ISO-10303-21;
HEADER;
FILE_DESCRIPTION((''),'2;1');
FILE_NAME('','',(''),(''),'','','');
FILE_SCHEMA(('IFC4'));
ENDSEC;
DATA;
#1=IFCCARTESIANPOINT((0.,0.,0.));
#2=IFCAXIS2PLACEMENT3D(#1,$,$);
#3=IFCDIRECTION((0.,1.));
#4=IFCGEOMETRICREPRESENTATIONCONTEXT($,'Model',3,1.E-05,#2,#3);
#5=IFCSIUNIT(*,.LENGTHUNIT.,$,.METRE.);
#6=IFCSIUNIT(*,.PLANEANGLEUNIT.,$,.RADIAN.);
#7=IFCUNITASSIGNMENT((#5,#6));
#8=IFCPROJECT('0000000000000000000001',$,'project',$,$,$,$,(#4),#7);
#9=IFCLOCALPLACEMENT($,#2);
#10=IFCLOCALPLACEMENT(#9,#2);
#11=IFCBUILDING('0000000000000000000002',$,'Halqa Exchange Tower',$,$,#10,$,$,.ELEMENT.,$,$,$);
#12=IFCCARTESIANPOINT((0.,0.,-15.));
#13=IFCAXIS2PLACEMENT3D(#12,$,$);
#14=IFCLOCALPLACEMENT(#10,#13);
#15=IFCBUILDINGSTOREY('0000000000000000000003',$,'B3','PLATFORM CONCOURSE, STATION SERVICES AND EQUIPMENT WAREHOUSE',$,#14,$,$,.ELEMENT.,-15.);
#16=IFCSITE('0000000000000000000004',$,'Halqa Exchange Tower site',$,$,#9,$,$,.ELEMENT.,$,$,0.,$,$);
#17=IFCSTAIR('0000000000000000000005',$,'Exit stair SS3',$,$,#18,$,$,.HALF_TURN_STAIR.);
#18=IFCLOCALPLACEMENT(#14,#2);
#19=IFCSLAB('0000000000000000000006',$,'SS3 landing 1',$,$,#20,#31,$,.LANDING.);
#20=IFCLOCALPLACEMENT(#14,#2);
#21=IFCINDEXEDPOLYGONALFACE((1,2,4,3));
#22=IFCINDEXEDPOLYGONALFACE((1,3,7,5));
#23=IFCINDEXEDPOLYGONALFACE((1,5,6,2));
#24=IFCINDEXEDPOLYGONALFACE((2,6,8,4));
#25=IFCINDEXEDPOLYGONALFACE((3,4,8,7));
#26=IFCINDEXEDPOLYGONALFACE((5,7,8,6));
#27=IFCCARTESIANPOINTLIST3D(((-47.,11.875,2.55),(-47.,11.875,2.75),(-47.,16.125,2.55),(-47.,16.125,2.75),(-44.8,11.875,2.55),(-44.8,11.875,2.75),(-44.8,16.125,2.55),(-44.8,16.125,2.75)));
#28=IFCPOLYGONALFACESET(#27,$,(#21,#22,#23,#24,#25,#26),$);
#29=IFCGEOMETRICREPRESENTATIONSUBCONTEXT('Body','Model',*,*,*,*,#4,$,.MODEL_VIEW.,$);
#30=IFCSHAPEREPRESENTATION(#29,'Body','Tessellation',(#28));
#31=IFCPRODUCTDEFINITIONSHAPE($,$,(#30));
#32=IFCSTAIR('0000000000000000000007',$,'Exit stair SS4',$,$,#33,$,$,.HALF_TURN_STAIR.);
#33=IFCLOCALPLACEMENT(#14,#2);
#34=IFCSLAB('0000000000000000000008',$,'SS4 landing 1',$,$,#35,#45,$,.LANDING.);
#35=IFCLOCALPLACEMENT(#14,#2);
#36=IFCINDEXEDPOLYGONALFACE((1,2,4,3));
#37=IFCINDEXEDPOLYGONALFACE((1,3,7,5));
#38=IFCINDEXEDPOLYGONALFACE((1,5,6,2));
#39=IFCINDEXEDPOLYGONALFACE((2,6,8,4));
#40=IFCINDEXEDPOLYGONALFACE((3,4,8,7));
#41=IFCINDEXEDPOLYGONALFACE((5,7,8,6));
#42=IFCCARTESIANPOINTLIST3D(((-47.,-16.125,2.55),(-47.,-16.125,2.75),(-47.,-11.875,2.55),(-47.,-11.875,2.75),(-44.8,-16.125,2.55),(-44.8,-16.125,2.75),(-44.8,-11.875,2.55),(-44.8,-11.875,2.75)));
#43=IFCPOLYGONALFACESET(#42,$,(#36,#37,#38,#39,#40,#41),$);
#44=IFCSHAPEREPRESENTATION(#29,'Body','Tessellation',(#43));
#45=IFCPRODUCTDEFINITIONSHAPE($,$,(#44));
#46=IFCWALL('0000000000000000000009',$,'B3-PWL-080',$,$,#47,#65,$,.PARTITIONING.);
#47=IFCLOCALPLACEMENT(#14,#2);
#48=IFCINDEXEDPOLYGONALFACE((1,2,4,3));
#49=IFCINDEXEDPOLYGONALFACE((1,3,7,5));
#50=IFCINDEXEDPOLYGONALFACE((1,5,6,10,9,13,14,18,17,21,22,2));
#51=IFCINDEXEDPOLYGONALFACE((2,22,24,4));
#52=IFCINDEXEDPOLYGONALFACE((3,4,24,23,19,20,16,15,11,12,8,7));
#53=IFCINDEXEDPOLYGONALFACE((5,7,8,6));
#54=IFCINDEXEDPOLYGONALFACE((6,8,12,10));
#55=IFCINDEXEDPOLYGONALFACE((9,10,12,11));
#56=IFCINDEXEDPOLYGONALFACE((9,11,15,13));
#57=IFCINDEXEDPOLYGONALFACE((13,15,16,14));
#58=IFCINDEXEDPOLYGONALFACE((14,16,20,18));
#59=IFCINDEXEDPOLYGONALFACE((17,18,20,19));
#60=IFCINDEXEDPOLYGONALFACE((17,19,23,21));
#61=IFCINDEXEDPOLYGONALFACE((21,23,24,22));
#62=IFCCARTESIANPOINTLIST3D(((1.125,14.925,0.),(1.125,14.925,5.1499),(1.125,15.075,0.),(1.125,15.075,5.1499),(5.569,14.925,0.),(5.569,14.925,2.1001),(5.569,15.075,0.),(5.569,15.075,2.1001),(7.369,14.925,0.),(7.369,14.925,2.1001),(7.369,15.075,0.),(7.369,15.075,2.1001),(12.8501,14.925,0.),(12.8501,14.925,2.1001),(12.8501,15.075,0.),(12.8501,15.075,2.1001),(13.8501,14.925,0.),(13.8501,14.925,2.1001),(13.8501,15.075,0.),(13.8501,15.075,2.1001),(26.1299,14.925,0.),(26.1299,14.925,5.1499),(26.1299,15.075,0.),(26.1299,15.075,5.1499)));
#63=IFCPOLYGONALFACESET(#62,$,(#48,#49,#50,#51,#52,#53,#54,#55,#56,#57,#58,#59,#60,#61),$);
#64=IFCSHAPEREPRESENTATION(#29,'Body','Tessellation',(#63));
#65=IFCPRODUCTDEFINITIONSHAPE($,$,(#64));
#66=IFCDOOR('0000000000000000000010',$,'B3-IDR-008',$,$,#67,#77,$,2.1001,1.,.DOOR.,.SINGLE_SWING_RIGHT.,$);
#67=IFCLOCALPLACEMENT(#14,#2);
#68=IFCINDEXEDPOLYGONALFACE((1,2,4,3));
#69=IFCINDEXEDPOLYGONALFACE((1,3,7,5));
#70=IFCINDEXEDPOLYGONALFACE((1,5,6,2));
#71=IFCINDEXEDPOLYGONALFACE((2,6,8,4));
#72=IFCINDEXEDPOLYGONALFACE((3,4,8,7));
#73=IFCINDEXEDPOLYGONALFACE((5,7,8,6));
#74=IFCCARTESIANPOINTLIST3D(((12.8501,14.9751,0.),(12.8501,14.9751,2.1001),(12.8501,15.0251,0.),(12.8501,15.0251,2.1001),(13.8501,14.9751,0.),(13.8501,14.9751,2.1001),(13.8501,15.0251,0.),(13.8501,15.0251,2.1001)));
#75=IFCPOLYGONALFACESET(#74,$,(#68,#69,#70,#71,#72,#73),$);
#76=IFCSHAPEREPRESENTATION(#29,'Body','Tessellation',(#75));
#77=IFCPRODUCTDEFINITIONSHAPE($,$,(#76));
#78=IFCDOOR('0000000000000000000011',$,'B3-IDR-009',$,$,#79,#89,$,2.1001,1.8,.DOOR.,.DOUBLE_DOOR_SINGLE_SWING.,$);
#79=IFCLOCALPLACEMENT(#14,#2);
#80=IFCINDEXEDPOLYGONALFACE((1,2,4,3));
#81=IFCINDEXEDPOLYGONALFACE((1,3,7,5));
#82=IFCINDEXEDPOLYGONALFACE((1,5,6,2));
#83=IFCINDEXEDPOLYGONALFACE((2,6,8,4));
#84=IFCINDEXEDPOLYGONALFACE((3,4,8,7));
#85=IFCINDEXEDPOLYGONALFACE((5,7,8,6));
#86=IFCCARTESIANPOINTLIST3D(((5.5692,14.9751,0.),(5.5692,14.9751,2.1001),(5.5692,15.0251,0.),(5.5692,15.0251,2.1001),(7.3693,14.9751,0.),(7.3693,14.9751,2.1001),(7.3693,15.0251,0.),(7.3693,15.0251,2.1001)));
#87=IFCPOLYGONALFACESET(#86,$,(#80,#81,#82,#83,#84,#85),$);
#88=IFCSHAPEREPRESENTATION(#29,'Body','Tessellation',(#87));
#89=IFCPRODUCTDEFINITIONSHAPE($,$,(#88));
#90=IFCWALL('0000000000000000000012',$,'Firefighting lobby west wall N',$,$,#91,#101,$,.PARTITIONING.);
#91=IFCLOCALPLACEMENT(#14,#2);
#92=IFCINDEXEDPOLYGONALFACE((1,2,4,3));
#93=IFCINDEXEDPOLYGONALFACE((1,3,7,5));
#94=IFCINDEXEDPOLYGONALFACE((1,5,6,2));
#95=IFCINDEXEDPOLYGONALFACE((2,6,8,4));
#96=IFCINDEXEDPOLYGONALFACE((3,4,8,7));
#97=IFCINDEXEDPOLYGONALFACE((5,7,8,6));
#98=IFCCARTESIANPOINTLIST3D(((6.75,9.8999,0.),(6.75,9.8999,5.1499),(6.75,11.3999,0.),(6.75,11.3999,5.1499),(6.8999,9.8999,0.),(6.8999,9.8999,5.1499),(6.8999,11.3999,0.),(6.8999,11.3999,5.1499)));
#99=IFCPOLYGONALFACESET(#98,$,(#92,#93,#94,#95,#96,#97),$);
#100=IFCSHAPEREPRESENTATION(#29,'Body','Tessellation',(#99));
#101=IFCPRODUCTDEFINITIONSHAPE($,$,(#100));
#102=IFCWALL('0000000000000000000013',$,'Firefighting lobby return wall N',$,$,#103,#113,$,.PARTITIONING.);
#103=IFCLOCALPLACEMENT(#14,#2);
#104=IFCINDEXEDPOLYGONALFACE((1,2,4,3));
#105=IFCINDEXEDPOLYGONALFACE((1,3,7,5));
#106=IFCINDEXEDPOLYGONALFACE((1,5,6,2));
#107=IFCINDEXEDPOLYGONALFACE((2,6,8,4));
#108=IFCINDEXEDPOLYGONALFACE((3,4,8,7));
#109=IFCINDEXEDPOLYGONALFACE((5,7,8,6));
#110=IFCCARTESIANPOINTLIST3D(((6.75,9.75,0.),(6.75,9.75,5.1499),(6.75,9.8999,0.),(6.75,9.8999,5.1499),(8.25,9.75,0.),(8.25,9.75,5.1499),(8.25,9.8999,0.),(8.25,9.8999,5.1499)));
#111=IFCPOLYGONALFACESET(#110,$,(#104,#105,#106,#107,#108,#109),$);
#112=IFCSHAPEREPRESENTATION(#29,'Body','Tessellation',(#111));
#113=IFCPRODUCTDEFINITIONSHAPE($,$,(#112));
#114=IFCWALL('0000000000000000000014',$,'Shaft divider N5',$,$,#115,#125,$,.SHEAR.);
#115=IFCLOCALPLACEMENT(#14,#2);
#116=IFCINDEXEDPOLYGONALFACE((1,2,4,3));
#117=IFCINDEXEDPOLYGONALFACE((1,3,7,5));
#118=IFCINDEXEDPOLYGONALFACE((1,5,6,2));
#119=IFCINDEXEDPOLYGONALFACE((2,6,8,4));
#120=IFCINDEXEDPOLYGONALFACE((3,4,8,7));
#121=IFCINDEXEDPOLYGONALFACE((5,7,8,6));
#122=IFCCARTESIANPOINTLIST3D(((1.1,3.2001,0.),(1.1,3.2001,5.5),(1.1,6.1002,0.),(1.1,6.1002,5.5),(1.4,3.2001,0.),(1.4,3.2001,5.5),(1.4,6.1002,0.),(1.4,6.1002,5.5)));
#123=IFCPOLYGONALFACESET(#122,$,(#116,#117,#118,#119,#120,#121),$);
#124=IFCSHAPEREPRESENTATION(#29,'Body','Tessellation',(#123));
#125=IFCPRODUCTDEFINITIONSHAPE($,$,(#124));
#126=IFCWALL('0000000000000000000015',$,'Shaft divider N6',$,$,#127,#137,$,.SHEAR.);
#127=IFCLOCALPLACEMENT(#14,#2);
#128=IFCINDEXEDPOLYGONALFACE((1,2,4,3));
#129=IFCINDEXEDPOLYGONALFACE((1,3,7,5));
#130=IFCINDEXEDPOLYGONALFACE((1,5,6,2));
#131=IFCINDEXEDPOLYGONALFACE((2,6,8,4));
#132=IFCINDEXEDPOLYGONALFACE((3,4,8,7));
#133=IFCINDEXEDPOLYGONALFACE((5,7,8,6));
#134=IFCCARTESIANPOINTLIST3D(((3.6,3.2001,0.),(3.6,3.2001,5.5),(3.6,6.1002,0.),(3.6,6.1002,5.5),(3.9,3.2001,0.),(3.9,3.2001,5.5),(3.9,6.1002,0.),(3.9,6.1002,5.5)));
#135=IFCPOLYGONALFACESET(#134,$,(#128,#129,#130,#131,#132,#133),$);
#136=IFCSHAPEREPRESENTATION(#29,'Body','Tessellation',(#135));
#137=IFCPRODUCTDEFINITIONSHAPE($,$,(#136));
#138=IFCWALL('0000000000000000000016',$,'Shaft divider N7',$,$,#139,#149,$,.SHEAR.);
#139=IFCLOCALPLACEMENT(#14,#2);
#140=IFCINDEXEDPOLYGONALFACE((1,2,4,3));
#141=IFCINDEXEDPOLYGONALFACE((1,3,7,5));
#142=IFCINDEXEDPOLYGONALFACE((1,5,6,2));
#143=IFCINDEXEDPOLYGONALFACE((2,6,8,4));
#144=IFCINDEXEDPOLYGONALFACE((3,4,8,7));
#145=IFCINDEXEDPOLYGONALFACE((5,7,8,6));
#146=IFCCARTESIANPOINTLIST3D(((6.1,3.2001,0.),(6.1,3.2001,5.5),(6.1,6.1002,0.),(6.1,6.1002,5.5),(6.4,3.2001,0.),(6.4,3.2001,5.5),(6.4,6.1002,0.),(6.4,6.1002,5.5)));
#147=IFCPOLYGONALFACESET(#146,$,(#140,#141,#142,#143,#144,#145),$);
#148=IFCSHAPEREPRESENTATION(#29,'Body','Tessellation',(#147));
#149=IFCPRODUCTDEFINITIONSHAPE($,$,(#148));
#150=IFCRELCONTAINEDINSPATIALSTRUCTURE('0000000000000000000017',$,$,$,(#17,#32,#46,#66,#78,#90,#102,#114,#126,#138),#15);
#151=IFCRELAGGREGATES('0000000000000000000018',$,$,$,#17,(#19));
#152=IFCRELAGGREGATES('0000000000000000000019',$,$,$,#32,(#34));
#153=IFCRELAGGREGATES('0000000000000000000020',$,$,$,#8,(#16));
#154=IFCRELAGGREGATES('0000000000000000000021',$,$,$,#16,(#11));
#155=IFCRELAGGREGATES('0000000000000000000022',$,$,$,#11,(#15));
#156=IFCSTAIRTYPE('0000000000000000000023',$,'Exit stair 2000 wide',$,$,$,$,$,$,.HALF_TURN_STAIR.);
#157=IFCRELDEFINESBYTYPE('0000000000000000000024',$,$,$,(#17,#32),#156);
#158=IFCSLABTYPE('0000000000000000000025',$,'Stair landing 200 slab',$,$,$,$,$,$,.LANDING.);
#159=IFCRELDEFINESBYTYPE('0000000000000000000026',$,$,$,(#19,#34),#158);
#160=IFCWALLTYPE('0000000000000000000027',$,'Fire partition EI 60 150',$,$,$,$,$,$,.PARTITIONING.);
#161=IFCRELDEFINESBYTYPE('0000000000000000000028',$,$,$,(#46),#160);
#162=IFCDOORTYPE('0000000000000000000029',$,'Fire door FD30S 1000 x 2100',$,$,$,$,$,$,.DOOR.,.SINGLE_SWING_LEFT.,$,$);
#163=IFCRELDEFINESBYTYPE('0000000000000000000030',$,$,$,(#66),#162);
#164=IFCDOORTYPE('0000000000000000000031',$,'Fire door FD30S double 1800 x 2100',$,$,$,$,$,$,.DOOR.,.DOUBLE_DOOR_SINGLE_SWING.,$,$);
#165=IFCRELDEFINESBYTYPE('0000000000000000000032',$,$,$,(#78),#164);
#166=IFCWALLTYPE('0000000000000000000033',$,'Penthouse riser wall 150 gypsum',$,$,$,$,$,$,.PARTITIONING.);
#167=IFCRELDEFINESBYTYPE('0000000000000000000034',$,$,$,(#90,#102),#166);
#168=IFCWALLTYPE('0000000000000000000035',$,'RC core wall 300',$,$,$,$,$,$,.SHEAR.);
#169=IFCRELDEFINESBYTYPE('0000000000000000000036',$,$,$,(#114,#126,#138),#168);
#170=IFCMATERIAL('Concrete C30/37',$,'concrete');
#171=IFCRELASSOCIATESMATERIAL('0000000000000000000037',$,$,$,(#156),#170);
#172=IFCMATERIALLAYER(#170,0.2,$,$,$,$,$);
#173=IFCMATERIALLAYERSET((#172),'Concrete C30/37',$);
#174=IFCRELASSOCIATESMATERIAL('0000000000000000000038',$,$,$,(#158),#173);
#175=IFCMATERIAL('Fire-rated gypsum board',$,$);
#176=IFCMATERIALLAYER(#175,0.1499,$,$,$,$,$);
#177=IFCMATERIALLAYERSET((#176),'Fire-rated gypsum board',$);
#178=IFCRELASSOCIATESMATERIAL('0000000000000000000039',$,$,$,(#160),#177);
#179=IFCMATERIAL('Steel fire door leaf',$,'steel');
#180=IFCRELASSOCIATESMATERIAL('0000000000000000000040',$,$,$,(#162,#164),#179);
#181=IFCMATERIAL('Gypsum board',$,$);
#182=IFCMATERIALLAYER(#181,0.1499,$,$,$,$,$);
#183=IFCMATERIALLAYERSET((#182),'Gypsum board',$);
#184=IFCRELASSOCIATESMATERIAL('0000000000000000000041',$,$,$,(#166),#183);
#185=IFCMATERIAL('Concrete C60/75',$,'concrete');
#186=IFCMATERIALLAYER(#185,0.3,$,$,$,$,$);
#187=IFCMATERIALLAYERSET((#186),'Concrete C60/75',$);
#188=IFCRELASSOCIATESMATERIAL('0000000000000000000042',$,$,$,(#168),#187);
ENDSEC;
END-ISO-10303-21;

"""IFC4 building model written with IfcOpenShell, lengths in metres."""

from ifc_helpers import new_model, si_unit, direction, frame, frame_2d, origin, place, context, subcontext, project, spatial, polyline, rectangle, outline, extrude, material, layer, layer_set, type_object, element, fill, aggregate, save


model = new_model("IFC4")

# Units and contexts
model_context = context("Model", 3, precision=1e-05, world=origin(), true_north=direction((0.0, 1.0)))
body_context = subcontext(model_context, "Body", "Model", "MODEL_VIEW")
ifc_project = project(units=[si_unit("LENGTHUNIT", "METRE"), si_unit("PLANEANGLEUNIT", "RADIAN")], contexts=[model_context])

# Site, building, storey
site_placement = place(None, origin())
site = spatial("IfcSite", under=ifc_project, at=site_placement, Name="Halqa Exchange Tower site", CompositionType="ELEMENT", RefElevation=0.0)
building_placement = place(site_placement, origin())
building = spatial("IfcBuilding", under=site, at=building_placement, Name="Halqa Exchange Tower", CompositionType="ELEMENT")
storey_placement = place(building_placement, frame((0.0, 0.0, -15.0)))
storey = spatial("IfcBuildingStorey", under=building, at=storey_placement, Name="B3", Description="PLATFORM CONCOURSE, STATION SERVICES AND EQUIPMENT WAREHOUSE", CompositionType="ELEMENT", Elevation=-15.0)

# Stairs, slabs
ifc_material_1 = material(Name="Concrete C30/37", Category="concrete")
stair_type = type_object("IfcStairType", Name="Exit stair 2000 wide", PredefinedType="HALF_TURN_STAIR", material=ifc_material_1)
ifc_layer_1 = layer(ifc_material_1, 0.2)
ifc_layer_set_1 = layer_set([ifc_layer_1], Name="Concrete C30/37")
slab_type = type_object("IfcSlabType", Name="Stair landing 200 slab", PredefinedType="LANDING", material=ifc_layer_set_1)
stair_1_placement = place(storey_placement, origin())
stair_1 = element("IfcStair", 1, at=stair_1_placement, inside=storey, type_object=stair_type, Name="Exit stair SS3", PredefinedType="HALF_TURN_STAIR")
slab_1_placement = place(storey_placement, frame((0.0, 0.0, 2.55)))
slab_1 = element("IfcSlab", 2, at=slab_1_placement, type_object=slab_type, Name="SS3 landing 1", PredefinedType="LANDING", context=body_context, shape_type="SweptSolid", body=[
    extrude(outline(polyline([(-47.0, 11.875), (-44.8, 11.875), (-44.8, 16.125), (-47.0, 16.125), (-47.0, 11.875)])), origin(), (0.0, 0.0, 1.0), 0.2),
])
aggregate(stair_1, [slab_1])
stair_2_placement = place(storey_placement, origin())
stair_2 = element("IfcStair", 3, at=stair_2_placement, inside=storey, type_object=stair_type, Name="Exit stair SS4", PredefinedType="HALF_TURN_STAIR")
slab_2_placement = place(storey_placement, frame((0.0, 0.0, 2.55)))
slab_2 = element("IfcSlab", 4, at=slab_2_placement, type_object=slab_type, Name="SS4 landing 1", PredefinedType="LANDING", context=body_context, shape_type="SweptSolid", body=[
    extrude(outline(polyline([(-47.0, -16.125), (-44.8, -16.125), (-44.8, -11.875), (-47.0, -11.875), (-47.0, -16.125)])), origin(), (0.0, 0.0, 1.0), 0.2),
])
aggregate(stair_2, [slab_2])

# Wall, openings, doors
ifc_material_2 = material(Name="Fire-rated gypsum board")
ifc_layer_2 = layer(ifc_material_2, 0.1499)
ifc_layer_set_2 = layer_set([ifc_layer_2], Name="Fire-rated gypsum board")
wall_type_1 = type_object("IfcWallType", Name="Fire partition EI 60 150", PredefinedType="PARTITIONING", material=ifc_layer_set_2)
wall_placement = place(storey_placement, frame((1.125, 15.0, 0.0), z_axis=(0.0, 0.0, 1.0), x_axis=(1.0, 0.0, 0.0)))
wall = element("IfcWall", 5, at=wall_placement, inside=storey, type_object=wall_type_1, Name="B3-PWL-080", PredefinedType="PARTITIONING", context=body_context, shape_type="SweptSolid", body=[
    extrude(rectangle(XDim=25.0049, YDim=0.1499, at=frame_2d((12.5024, 0.0))), origin(), (0.0, 0.0, 1.0), 5.1499),
])
opening_1_placement = place(wall_placement, frame((11.7251, 0.0, 0.0)))
opening_1 = element("IfcOpeningElement", 6, at=opening_1_placement, cuts=wall, PredefinedType="OPENING", context=body_context, shape_type="SweptSolid", body=[
    extrude(rectangle(XDim=1.0, YDim=2.1001, at=frame_2d((0.5, 1.05))), frame((0.0, 0.0869, 0.0), z_axis=(0.0, -1.0, 0.0), x_axis=(1.0, 0.0, 0.0)), (0.0, 0.0, 1.0), 0.1738),
])
opening_2_placement = place(wall_placement, frame((4.4441, 0.0, 0.0)))
opening_2 = element("IfcOpeningElement", 7, at=opening_2_placement, cuts=wall, PredefinedType="OPENING", context=body_context, shape_type="SweptSolid", body=[
    extrude(rectangle(XDim=1.8, YDim=2.1001, at=frame_2d((0.8999, 1.05))), frame((0.0, 0.0869, 0.0), z_axis=(0.0, -1.0, 0.0), x_axis=(1.0, 0.0, 0.0)), (0.0, 0.0, 1.0), 0.1738),
])
ifc_material_3 = material(Name="Steel fire door leaf", Category="steel")
door_type_1 = type_object("IfcDoorType", Name="Fire door FD30S 1000 x 2100", OperationType="SINGLE_SWING_LEFT", PredefinedType="DOOR", material=ifc_material_3)
door_1_placement = place(opening_1_placement, frame((1.0, 0.0, 0.0), z_axis=(0.0, 0.0, 1.0), x_axis=(-1.0, 0.0, 0.0)))
door_1 = element("IfcDoor", 8, at=door_1_placement, inside=storey, type_object=door_type_1, Name="B3-IDR-008", OperationType="SINGLE_SWING_RIGHT", OverallHeight=2.1001, OverallWidth=1.0, PredefinedType="DOOR", context=body_context, shape_type="SweptSolid", body=[
    extrude(rectangle(XDim=1.0, YDim=2.1001, at=frame_2d((0.5, 1.05))), frame((0.0, 0.0249, 0.0), z_axis=(0.0, -1.0, 0.0), x_axis=(1.0, 0.0, 0.0)), (0.0, 0.0, 1.0), 0.05),
])
fill(opening_1, door_1)
door_type_2 = type_object("IfcDoorType", Name="Fire door FD30S double 1800 x 2100", OperationType="DOUBLE_DOOR_SINGLE_SWING", PredefinedType="DOOR", material=ifc_material_3)
door_2_placement = place(opening_2_placement, frame((1.8, 0.0, 0.0), z_axis=(0.0, 0.0, 1.0), x_axis=(-1.0, 0.0, 0.0)))
door_2 = element("IfcDoor", 9, at=door_2_placement, inside=storey, type_object=door_type_2, Name="B3-IDR-009", OperationType="DOUBLE_DOOR_SINGLE_SWING", OverallHeight=2.1001, OverallWidth=1.8, PredefinedType="DOOR", context=body_context, shape_type="SweptSolid", body=[
    extrude(rectangle(XDim=1.8, YDim=2.1001, at=frame_2d((0.8999, 1.05))), frame((0.0, 0.0249, 0.0), z_axis=(0.0, -1.0, 0.0), x_axis=(1.0, 0.0, 0.0)), (0.0, 0.0, 1.0), 0.05),
])
fill(opening_2, door_2)

# Walls
ifc_material_4 = material(Name="Gypsum board")
ifc_layer_3 = layer(ifc_material_4, 0.1499)
ifc_layer_set_3 = layer_set([ifc_layer_3], Name="Gypsum board")
wall_type_2 = type_object("IfcWallType", Name="Penthouse riser wall 150 gypsum", PredefinedType="PARTITIONING", material=ifc_layer_set_3)
for number, where, z_axis, x_axis, name in (
    (10, (6.825, 9.8999, 0.0), (0.0, 0.0, 1.0), (0.0, 1.0, 0.0), "Firefighting lobby west wall N"),
    (11, (6.75, 9.825, 0.0), (0.0, 0.0, 1.0), (1.0, 0.0, 0.0), "Firefighting lobby return wall N"),
):
    element("IfcWall", number, at=place(storey_placement, frame(where, z_axis=z_axis, x_axis=x_axis)), inside=storey, type_object=wall_type_2, Name=name, PredefinedType="PARTITIONING", context=body_context, shape_type="SweptSolid", body=[
        extrude(rectangle(XDim=1.5, YDim=0.1499, at=frame_2d((0.75, 0.0))), origin(), (0.0, 0.0, 1.0), 5.1499),
    ])
ifc_material_5 = material(Name="Concrete C60/75", Category="concrete")
ifc_layer_4 = layer(ifc_material_5, 0.3)
ifc_layer_set_4 = layer_set([ifc_layer_4], Name="Concrete C60/75")
wall_type_3 = type_object("IfcWallType", Name="RC core wall 300", PredefinedType="SHEAR", material=ifc_layer_set_4)
for number, where, z_axis, x_axis, name in (
    (12, (1.25, 3.2, 0.0), (0.0, 0.0, 1.0), (0.0, 1.0, 0.0), "Shaft divider N5"),
    (13, (3.75, 3.2, 0.0), (0.0, 0.0, 1.0), (0.0, 1.0, 0.0), "Shaft divider N6"),
    (14, (6.25, 3.2, 0.0), (0.0, 0.0, 1.0), (0.0, 1.0, 0.0), "Shaft divider N7"),
):
    element("IfcWall", number, at=place(storey_placement, frame(where, z_axis=z_axis, x_axis=x_axis)), inside=storey, type_object=wall_type_3, Name=name, PredefinedType="SHEAR", context=body_context, shape_type="SweptSolid", body=[
        extrude(rectangle(XDim=2.9001, YDim=0.3, at=frame_2d((1.4502, 0.0))), origin(), (0.0, 0.0, 1.0), 5.5),
    ])

save(model, "model.ifc")
